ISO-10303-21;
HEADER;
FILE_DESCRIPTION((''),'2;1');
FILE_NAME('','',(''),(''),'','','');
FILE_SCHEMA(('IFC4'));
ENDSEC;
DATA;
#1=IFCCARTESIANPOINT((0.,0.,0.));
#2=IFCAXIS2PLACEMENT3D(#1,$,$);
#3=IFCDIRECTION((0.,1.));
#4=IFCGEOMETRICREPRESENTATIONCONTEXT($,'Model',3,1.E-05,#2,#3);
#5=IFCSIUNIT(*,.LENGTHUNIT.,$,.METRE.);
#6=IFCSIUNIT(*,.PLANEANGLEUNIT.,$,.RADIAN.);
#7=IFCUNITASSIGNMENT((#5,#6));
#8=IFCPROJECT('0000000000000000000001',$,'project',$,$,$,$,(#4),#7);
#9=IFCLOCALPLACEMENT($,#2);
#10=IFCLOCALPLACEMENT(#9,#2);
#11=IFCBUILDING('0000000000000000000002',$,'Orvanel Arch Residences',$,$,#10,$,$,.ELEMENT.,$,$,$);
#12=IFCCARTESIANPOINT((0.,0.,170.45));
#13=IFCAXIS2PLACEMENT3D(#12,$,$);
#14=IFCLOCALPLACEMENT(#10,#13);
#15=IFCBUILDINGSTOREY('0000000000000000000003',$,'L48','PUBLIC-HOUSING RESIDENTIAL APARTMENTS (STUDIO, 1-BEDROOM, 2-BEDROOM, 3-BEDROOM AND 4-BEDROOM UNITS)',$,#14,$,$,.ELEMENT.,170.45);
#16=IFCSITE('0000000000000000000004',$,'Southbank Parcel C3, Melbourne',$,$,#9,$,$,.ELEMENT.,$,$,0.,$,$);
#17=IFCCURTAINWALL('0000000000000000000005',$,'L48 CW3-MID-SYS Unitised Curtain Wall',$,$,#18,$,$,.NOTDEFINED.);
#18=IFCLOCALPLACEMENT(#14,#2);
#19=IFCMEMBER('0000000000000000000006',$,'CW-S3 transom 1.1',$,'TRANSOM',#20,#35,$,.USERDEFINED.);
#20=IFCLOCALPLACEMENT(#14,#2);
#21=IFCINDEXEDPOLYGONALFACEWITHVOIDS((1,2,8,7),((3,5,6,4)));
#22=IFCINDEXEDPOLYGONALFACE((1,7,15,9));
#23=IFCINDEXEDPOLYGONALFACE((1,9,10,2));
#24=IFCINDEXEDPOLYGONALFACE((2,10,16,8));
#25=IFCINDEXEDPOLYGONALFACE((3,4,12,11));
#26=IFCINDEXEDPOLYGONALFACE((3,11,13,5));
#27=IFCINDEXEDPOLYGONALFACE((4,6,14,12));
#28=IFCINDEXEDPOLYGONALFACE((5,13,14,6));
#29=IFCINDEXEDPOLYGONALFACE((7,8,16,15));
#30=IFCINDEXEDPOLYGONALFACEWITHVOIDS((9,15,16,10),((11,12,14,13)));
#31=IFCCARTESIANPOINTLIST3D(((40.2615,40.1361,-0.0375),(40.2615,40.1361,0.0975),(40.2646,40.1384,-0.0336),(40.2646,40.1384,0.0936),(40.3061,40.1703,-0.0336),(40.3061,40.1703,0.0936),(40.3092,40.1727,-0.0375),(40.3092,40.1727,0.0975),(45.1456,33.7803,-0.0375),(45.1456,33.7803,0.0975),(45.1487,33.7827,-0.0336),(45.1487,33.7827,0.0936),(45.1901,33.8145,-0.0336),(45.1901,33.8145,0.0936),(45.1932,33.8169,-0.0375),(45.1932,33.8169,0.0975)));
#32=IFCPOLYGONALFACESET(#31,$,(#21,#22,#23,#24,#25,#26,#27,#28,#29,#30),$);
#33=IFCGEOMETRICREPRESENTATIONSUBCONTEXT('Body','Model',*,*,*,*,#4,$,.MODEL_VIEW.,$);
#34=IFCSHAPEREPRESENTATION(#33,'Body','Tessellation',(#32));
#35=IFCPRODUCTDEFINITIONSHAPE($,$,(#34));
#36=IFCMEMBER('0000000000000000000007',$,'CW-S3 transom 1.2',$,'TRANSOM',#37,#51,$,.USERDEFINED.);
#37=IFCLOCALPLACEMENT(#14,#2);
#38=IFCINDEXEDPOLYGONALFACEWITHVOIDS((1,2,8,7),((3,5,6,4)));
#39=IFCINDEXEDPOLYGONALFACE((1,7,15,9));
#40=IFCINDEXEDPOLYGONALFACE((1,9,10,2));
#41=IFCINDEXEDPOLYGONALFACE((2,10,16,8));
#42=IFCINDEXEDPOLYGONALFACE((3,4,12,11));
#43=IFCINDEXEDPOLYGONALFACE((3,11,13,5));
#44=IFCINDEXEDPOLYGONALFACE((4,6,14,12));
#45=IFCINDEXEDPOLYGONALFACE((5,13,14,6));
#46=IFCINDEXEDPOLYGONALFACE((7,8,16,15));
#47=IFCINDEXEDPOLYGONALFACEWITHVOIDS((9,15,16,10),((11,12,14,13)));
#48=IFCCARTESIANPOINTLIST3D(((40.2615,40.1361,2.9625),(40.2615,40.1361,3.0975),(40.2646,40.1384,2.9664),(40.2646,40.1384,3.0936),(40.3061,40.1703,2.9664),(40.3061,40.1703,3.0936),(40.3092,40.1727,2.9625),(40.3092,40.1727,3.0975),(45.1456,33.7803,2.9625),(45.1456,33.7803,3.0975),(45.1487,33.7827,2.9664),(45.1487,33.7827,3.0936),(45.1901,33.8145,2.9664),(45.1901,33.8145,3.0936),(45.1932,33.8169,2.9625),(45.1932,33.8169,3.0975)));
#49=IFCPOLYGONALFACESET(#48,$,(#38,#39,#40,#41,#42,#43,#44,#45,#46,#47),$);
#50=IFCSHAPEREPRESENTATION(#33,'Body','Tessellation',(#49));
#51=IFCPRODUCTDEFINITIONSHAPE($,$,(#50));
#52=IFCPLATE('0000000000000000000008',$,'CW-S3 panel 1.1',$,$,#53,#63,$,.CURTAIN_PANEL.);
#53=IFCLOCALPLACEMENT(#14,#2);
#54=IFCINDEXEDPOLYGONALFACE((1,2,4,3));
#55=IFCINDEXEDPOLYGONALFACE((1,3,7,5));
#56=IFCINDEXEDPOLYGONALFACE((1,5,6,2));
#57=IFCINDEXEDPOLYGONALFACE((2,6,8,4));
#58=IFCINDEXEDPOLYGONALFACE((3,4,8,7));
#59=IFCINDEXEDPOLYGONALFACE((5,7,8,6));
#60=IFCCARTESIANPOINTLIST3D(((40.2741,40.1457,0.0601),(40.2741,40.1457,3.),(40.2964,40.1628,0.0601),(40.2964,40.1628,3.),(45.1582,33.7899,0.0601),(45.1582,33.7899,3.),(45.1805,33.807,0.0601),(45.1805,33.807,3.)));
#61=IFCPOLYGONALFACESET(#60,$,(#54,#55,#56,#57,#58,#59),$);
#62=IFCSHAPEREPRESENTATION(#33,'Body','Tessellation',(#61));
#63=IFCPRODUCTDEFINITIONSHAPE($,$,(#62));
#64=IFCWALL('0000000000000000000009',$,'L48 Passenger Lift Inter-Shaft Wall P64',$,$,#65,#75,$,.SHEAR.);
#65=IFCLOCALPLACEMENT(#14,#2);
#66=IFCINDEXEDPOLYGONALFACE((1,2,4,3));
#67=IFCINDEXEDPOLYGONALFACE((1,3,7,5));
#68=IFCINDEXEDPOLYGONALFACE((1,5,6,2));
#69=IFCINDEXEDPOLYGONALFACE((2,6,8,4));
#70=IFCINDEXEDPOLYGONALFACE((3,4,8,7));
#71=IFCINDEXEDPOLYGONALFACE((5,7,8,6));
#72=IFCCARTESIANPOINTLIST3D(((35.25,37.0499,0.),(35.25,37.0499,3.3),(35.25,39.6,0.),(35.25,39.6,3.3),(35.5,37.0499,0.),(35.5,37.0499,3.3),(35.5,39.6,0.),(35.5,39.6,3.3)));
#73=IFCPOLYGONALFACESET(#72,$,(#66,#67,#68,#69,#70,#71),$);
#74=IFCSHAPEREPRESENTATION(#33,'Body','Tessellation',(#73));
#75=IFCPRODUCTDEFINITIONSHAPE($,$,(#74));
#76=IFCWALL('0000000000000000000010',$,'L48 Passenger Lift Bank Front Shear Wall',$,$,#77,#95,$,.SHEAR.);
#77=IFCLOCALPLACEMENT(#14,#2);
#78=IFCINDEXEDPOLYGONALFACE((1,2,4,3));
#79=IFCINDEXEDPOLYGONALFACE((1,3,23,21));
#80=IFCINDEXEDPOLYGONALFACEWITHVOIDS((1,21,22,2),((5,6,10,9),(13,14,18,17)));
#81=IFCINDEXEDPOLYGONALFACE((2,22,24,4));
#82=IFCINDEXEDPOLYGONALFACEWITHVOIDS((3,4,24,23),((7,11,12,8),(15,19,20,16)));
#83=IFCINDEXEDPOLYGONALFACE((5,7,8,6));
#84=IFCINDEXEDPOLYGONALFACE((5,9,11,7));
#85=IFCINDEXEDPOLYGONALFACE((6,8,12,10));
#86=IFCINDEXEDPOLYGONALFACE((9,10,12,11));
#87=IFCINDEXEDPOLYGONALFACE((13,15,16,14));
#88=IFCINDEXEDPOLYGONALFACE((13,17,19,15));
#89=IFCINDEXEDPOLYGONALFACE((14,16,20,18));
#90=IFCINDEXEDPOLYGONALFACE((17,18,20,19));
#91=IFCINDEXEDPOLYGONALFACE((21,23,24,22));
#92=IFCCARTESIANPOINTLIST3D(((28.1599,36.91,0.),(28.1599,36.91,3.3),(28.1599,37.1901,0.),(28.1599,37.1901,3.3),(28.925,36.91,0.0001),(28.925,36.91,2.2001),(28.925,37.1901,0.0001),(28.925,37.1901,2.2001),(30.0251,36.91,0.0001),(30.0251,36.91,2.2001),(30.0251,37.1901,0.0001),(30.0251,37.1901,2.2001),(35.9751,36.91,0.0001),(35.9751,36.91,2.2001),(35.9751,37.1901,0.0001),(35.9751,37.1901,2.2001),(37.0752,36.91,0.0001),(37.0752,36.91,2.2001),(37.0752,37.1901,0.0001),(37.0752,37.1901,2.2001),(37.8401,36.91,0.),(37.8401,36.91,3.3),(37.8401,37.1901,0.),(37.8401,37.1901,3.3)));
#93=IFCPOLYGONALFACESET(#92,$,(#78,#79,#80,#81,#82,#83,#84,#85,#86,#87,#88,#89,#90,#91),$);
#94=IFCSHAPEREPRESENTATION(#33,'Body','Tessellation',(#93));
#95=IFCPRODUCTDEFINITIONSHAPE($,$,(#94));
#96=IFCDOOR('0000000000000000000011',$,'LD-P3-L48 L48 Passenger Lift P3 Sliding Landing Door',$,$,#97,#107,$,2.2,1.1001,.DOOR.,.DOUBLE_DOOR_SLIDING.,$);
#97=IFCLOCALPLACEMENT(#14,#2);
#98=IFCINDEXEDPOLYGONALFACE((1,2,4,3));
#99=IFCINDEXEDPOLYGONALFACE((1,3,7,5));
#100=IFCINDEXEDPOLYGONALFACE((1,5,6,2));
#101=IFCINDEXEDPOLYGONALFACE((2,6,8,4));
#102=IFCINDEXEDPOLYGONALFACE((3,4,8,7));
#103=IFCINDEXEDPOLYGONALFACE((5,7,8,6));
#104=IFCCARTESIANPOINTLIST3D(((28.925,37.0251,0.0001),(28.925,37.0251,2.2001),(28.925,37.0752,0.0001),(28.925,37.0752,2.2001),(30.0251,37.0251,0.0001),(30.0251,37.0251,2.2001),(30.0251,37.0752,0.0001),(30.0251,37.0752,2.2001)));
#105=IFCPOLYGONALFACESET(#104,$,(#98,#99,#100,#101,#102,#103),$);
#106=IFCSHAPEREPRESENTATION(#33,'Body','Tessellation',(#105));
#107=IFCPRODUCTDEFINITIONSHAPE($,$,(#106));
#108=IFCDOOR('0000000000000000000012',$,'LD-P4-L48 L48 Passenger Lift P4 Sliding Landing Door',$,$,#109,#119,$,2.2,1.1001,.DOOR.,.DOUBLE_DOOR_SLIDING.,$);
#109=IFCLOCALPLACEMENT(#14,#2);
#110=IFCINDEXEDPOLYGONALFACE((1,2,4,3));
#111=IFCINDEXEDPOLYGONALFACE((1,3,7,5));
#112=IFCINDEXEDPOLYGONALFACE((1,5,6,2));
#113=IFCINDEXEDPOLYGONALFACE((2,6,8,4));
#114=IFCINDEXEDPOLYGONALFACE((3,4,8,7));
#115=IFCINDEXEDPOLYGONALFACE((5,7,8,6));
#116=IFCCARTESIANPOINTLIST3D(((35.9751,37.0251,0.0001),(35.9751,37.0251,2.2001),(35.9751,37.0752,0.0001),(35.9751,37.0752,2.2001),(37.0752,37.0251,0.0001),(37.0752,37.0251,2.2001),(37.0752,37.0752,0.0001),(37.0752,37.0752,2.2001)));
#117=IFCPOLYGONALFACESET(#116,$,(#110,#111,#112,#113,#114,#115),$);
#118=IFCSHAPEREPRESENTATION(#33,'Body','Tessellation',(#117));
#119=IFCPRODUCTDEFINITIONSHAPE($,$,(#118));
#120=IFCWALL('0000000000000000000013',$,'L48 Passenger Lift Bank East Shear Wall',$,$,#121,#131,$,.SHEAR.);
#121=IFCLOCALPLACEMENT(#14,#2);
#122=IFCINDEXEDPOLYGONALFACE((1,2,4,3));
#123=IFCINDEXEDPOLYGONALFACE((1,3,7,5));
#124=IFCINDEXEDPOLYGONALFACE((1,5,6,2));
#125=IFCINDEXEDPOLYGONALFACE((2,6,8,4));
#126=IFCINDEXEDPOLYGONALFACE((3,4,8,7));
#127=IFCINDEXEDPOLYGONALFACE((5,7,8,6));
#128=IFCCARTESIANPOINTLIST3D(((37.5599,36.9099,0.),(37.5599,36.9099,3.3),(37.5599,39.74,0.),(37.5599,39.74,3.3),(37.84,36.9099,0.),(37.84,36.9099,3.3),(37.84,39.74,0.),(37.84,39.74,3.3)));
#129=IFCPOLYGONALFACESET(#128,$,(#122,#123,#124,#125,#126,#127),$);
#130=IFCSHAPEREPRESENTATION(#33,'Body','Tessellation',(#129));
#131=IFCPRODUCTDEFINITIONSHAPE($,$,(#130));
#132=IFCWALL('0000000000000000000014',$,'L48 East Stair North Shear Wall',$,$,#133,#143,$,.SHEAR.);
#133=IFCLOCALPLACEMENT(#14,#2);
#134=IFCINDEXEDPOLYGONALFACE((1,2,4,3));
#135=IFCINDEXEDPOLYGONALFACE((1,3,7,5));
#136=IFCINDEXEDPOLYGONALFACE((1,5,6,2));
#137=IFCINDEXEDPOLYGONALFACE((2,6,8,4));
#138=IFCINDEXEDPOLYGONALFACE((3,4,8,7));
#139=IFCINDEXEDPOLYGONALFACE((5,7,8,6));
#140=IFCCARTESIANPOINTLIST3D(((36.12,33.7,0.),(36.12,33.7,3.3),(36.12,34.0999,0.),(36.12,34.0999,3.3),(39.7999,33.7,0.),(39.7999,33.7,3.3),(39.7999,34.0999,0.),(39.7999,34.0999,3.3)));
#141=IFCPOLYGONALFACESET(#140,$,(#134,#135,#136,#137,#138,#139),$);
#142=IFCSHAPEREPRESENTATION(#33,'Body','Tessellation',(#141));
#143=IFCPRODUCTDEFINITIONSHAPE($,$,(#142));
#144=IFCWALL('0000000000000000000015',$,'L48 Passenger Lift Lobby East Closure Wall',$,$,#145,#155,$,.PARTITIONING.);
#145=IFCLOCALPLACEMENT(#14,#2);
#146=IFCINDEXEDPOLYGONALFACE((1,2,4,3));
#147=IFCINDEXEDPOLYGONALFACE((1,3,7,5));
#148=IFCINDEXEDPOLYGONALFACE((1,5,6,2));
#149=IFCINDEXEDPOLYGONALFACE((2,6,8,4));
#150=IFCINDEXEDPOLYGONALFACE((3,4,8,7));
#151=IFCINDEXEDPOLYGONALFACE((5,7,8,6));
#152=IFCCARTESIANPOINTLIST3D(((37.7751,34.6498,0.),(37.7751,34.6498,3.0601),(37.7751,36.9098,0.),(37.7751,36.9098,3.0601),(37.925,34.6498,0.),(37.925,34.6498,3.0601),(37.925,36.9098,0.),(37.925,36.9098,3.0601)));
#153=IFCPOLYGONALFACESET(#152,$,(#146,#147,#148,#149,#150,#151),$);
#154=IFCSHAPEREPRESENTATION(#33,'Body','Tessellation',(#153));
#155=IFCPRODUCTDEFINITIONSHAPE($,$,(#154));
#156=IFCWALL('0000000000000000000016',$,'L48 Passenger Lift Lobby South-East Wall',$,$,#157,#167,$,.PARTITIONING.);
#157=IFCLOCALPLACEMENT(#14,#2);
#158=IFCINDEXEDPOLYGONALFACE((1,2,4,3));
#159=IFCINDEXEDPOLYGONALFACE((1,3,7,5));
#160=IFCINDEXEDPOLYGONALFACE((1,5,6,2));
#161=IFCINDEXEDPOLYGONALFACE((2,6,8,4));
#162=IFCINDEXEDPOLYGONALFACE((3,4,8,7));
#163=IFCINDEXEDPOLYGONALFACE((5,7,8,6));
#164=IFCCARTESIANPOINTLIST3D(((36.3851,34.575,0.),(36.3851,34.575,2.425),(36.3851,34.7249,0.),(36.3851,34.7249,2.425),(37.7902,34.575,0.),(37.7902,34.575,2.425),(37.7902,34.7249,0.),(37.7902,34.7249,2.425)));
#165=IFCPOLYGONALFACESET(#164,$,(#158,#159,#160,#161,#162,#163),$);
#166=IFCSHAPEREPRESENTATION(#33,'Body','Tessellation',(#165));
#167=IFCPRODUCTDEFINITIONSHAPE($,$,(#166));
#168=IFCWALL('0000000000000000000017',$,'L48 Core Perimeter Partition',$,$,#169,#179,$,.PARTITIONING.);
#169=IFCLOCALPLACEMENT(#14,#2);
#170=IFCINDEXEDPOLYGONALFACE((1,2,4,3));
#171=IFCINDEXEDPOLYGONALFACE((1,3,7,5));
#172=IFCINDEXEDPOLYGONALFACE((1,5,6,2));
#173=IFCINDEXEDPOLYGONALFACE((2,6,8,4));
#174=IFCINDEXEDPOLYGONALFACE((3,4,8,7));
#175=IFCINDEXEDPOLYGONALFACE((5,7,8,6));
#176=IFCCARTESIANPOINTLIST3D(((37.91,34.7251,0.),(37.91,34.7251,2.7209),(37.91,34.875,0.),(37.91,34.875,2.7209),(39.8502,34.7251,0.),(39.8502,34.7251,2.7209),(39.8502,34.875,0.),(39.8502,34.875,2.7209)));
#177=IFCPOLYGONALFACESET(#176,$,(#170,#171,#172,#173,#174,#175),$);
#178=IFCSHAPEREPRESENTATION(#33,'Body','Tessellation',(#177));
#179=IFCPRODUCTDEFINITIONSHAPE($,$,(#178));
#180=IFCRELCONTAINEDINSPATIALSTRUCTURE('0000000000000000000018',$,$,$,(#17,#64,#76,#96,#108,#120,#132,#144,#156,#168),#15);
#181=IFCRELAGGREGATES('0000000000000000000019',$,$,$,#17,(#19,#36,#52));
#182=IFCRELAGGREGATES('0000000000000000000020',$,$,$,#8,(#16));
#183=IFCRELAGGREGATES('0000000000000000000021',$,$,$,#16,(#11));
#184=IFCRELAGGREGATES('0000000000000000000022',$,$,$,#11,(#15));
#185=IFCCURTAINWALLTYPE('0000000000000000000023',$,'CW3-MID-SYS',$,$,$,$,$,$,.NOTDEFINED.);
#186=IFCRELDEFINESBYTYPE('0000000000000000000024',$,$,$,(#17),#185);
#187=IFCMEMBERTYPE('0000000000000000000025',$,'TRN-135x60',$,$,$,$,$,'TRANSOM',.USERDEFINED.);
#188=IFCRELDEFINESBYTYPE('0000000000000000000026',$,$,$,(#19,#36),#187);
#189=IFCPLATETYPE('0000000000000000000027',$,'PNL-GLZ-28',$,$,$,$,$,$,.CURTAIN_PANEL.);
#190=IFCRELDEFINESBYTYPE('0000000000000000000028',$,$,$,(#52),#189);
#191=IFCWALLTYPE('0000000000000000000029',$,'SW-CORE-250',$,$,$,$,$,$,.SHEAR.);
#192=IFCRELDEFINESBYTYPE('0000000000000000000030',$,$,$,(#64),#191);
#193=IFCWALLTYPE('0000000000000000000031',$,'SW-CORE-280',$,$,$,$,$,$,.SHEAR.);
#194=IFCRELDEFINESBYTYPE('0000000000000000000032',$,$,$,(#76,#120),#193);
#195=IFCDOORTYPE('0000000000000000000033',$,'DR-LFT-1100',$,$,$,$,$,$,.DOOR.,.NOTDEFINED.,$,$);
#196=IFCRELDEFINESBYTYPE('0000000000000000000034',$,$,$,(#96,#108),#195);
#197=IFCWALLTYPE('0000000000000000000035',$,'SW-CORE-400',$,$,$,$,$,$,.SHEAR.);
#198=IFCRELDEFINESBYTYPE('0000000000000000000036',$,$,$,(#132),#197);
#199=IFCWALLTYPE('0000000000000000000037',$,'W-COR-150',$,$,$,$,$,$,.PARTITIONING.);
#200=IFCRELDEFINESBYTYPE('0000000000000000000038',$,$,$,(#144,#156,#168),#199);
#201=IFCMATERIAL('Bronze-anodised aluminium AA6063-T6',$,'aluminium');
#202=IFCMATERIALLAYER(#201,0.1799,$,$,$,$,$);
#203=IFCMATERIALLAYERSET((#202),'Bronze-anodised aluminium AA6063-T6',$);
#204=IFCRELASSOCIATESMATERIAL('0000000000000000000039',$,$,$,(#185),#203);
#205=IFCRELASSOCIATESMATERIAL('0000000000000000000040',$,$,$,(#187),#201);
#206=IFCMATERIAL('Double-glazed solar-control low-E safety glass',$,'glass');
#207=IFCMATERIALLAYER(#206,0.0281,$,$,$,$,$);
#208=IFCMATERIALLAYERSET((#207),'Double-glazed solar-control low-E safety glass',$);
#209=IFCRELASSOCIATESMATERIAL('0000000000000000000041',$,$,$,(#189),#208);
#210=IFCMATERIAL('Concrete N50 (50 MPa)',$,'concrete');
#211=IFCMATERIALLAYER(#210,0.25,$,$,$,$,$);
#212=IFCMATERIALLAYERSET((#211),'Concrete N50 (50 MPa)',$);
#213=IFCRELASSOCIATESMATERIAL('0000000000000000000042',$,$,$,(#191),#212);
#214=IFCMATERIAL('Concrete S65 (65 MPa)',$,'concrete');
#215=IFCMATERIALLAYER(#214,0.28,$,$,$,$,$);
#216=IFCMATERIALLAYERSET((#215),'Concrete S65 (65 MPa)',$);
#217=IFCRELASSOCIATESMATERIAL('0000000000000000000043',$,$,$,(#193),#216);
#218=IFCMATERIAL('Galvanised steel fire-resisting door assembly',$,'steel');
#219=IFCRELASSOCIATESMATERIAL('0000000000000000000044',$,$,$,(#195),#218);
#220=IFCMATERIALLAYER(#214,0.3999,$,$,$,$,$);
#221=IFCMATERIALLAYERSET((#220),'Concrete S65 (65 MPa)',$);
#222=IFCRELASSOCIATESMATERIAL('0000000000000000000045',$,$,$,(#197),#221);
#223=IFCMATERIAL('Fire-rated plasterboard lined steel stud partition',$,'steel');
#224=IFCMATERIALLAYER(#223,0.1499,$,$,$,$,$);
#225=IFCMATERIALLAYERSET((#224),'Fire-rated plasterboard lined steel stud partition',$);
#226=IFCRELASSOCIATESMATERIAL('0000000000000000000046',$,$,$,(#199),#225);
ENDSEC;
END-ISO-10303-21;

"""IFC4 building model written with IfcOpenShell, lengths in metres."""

from ifc_helpers import new_model, si_unit, direction, frame, frame_2d, origin, origin_2d, place, context, subcontext, project, spatial, rectangle, hollow_rectangle, extrude, material, layer, layer_set, material_profile, profile_set, type_object, element, fill, aggregate, save


model = new_model("IFC4")

# Units and contexts
model_context = context("Model", 3, precision=1e-05, world=origin(), true_north=direction((0.0, 1.0)))
body_context = subcontext(model_context, "Body", "Model", "MODEL_VIEW")
ifc_project = project(units=[si_unit("LENGTHUNIT", "METRE"), si_unit("PLANEANGLEUNIT", "RADIAN")], contexts=[model_context])

# Site, building, storey
site_placement = place(None, origin())
site = spatial("IfcSite", under=ifc_project, at=site_placement, Name="Southbank Parcel C3, Melbourne", CompositionType="ELEMENT", RefElevation=0.0)
building_placement = place(site_placement, origin())
building = spatial("IfcBuilding", under=site, at=building_placement, Name="Orvanel Arch Residences", CompositionType="ELEMENT")
storey_placement = place(building_placement, frame((0.0, 0.0, 170.45)))
storey = spatial("IfcBuildingStorey", under=building, at=storey_placement, Name="L48", Description="PUBLIC-HOUSING RESIDENTIAL APARTMENTS (STUDIO, 1-BEDROOM, 2-BEDROOM, 3-BEDROOM AND 4-BEDROOM UNITS)", CompositionType="ELEMENT", Elevation=170.45)

# Shared definitions
ifc_material_1 = material(Name="Concrete S65 (65 MPa)", Category="concrete")

# Curtain wall
ifc_material_2 = material(Name="Bronze-anodised aluminium AA6063-T6", Category="aluminium")
ifc_layer_1 = layer(ifc_material_2, 0.1799)
ifc_layer_set_1 = layer_set([ifc_layer_1], Name="Bronze-anodised aluminium AA6063-T6")
curtain_wall_type = type_object("IfcCurtainWallType", Name="CW3-MID-SYS", PredefinedType="NOTDEFINED", material=ifc_layer_set_1)
curtain_wall_placement = place(storey_placement, origin())
curtain_wall = element("IfcCurtainWall", 1, at=curtain_wall_placement, inside=storey, type_object=curtain_wall_type, Name="L48 CW3-MID-SYS Unitised Curtain Wall", PredefinedType="NOTDEFINED")

# Members
ifc_material_profile_1 = material_profile(ifc_material_2, hollow_rectangle(XDim=0.0601, YDim=0.135, WallThickness=0.0039, at=origin_2d()), Name="ALU135x60x4")
ifc_profile_set_1 = profile_set([ifc_material_profile_1], Name="Bronze-anodised aluminium AA6063-T6")
member_type_1 = type_object("IfcMemberType", Name="TRN-135x60", ElementType="TRANSOM", PredefinedType="USERDEFINED", material=ifc_profile_set_1)
member_1_placement = place(storey_placement, frame((45.1694, 33.7986, 0.03), z_axis=(-0.609321, 0.792924, 0.0), x_axis=(-0.792924, -0.609321, 0.0)))
member_1 = element("IfcMember", 2, at=member_1_placement, type_object=member_type_1, Name="CW-S3 transom 1.1", ObjectType="TRANSOM", PredefinedType="USERDEFINED", context=body_context, shape_type="SweptSolid", body=[
    extrude(hollow_rectangle(XDim=0.0601, YDim=0.135, WallThickness=0.0039, at=origin_2d()), origin(), (0.0, 0.0, 1.0), 8.0156),
])
member_2_placement = place(storey_placement, frame((45.1694, 33.7986, 3.03), z_axis=(-0.609321, 0.792924, 0.0), x_axis=(-0.792924, -0.609321, 0.0)))
member_2 = element("IfcMember", 3, at=member_2_placement, type_object=member_type_1, Name="CW-S3 transom 1.2", ObjectType="TRANSOM", PredefinedType="USERDEFINED", context=body_context, shape_type="SweptSolid", body=[
    extrude(hollow_rectangle(XDim=0.0601, YDim=0.135, WallThickness=0.0039, at=origin_2d()), origin(), (0.0, 0.0, 1.0), 8.0156),
])

# Plate
ifc_material_3 = material(Name="Double-glazed solar-control low-E safety glass", Category="glass")
ifc_layer_2 = layer(ifc_material_3, 0.0281)
ifc_layer_set_2 = layer_set([ifc_layer_2], Name="Double-glazed solar-control low-E safety glass")
plate_type = type_object("IfcPlateType", Name="PNL-GLZ-28", PredefinedType="CURTAIN_PANEL", material=ifc_layer_set_2)
plate_placement = place(storey_placement, frame((42.7273, 36.9763, 0.0601), z_axis=(0.0, 0.0, 1.0), x_axis=(-0.609318, 0.792926, 0.0)))
plate = element("IfcPlate", 4, at=plate_placement, type_object=plate_type, Name="CW-S3 panel 1.1", PredefinedType="CURTAIN_PANEL", context=body_context, shape_type="SweptSolid", body=[
    extrude(rectangle(XDim=8.0156, YDim=0.0281, at=origin_2d()), origin(), (0.0, 0.0, 1.0), 2.9399),
])
aggregate(curtain_wall, [member_1, member_2, plate])

# Wall
ifc_material_4 = material(Name="Concrete N50 (50 MPa)", Category="concrete")
ifc_layer_3 = layer(ifc_material_4, 0.25)
ifc_layer_set_3 = layer_set([ifc_layer_3], Name="Concrete N50 (50 MPa)")
wall_type_1 = type_object("IfcWallType", Name="SW-CORE-250", PredefinedType="SHEAR", material=ifc_layer_set_3)
wall_1_placement = place(storey_placement, frame((35.375, 37.05, 0.0), z_axis=(0.0, 0.0, 1.0), x_axis=(0.0, 1.0, 0.0)))
element("IfcWall", 5, at=wall_1_placement, inside=storey, type_object=wall_type_1, Name="L48 Passenger Lift Inter-Shaft Wall P64", PredefinedType="SHEAR", context=body_context, shape_type="SweptSolid", body=[
    extrude(rectangle(XDim=2.55, YDim=0.25, at=frame_2d((1.2749, 0.0))), origin(), (0.0, 0.0, 1.0), 3.3),
])

# Wall, openings, doors
ifc_layer_4 = layer(ifc_material_1, 0.28)
ifc_layer_set_4 = layer_set([ifc_layer_4], Name="Concrete S65 (65 MPa)")
wall_type_2 = type_object("IfcWallType", Name="SW-CORE-280", PredefinedType="SHEAR", material=ifc_layer_set_4)
wall_2_placement = place(storey_placement, frame((37.8401, 37.05, 0.0), z_axis=(0.0, 0.0, 1.0), x_axis=(-1.0, 0.0, 0.0)))
wall_2 = element("IfcWall", 6, at=wall_2_placement, inside=storey, type_object=wall_type_2, Name="L48 Passenger Lift Bank Front Shear Wall", PredefinedType="SHEAR", context=body_context, shape_type="SweptSolid", body=[
    extrude(rectangle(XDim=9.6802, YDim=0.28, at=frame_2d((4.8401, 0.0))), origin(), (0.0, 0.0, 1.0), 3.3),
])
opening_1_placement = place(wall_2_placement, frame((7.8149, 0.0, 0.0)))
opening_1 = element("IfcOpeningElement", 7, at=opening_1_placement, cuts=wall_2, PredefinedType="OPENING", context=body_context, shape_type="SweptSolid", body=[
    extrude(rectangle(XDim=1.1001, YDim=2.2, at=frame_2d((0.55, 1.1001))), frame((0.0, 0.1499, 0.0), z_axis=(0.0, -1.0, 0.0), x_axis=(1.0, 0.0, 0.0)), (0.0, 0.0, 1.0), 0.3),
])
opening_2_placement = place(wall_2_placement, frame((0.7649, 0.0, 0.0)))
opening_2 = element("IfcOpeningElement", 8, at=opening_2_placement, cuts=wall_2, PredefinedType="OPENING", context=body_context, shape_type="SweptSolid", body=[
    extrude(rectangle(XDim=1.1001, YDim=2.2, at=frame_2d((0.55, 1.1001))), frame((0.0, 0.1499, 0.0), z_axis=(0.0, -1.0, 0.0), x_axis=(1.0, 0.0, 0.0)), (0.0, 0.0, 1.0), 0.3),
])
ifc_material_5 = material(Name="Galvanised steel fire-resisting door assembly", Category="steel")
door_type = type_object("IfcDoorType", Name="DR-LFT-1100", OperationType="NOTDEFINED", PredefinedType="DOOR", material=ifc_material_5)
door_1_placement = place(opening_1_placement, origin())
door_1 = element("IfcDoor", 9, at=door_1_placement, inside=storey, type_object=door_type, Name="LD-P3-L48 L48 Passenger Lift P3 Sliding Landing Door", OperationType="DOUBLE_DOOR_SLIDING", OverallHeight=2.2, OverallWidth=1.1001, PredefinedType="DOOR", context=body_context, shape_type="SweptSolid", body=[
    extrude(rectangle(XDim=1.1001, YDim=2.2, at=frame_2d((0.55, 1.1001))), frame((0.0, 0.0249, 0.0), z_axis=(0.0, -1.0, 0.0), x_axis=(1.0, 0.0, 0.0)), (0.0, 0.0, 1.0), 0.05),
])
fill(opening_1, door_1)
door_2_placement = place(opening_2_placement, origin())
door_2 = element("IfcDoor", 10, at=door_2_placement, inside=storey, type_object=door_type, Name="LD-P4-L48 L48 Passenger Lift P4 Sliding Landing Door", OperationType="DOUBLE_DOOR_SLIDING", OverallHeight=2.2, OverallWidth=1.1001, PredefinedType="DOOR", context=body_context, shape_type="SweptSolid", body=[
    extrude(rectangle(XDim=1.1001, YDim=2.2, at=frame_2d((0.55, 1.1001))), frame((0.0, 0.0249, 0.0), z_axis=(0.0, -1.0, 0.0), x_axis=(1.0, 0.0, 0.0)), (0.0, 0.0, 1.0), 0.05),
])
fill(opening_2, door_2)

# Walls
wall_3_placement = place(storey_placement, frame((37.7, 36.9099, 0.0), z_axis=(0.0, 0.0, 1.0), x_axis=(0.0, 1.0, 0.0)))
element("IfcWall", 11, at=wall_3_placement, inside=storey, type_object=wall_type_2, Name="L48 Passenger Lift Bank East Shear Wall", PredefinedType="SHEAR", context=body_context, shape_type="SweptSolid", body=[
    extrude(rectangle(XDim=2.8301, YDim=0.28, at=frame_2d((1.415, 0.0))), origin(), (0.0, 0.0, 1.0), 3.3),
])
ifc_layer_5 = layer(ifc_material_1, 0.3999)
ifc_layer_set_5 = layer_set([ifc_layer_5], Name="Concrete S65 (65 MPa)")
wall_type_3 = type_object("IfcWallType", Name="SW-CORE-400", PredefinedType="SHEAR", material=ifc_layer_set_5)
wall_4_placement = place(storey_placement, frame((36.1201, 33.8999, 0.0), z_axis=(0.0, 0.0, 1.0), x_axis=(1.0, 0.0, 0.0)))
element("IfcWall", 12, at=wall_4_placement, inside=storey, type_object=wall_type_3, Name="L48 East Stair North Shear Wall", PredefinedType="SHEAR", context=body_context, shape_type="SweptSolid", body=[
    extrude(rectangle(XDim=3.6799, YDim=0.3999, at=frame_2d((1.8398, 0.0))), origin(), (0.0, 0.0, 1.0), 3.3),
])
ifc_material_6 = material(Name="Fire-rated plasterboard lined steel stud partition", Category="steel")
ifc_layer_6 = layer(ifc_material_6, 0.1499)
ifc_layer_set_6 = layer_set([ifc_layer_6], Name="Fire-rated plasterboard lined steel stud partition")
wall_type_4 = type_object("IfcWallType", Name="W-COR-150", PredefinedType="PARTITIONING", material=ifc_layer_set_6)
wall_5_placement = place(storey_placement, frame((37.8501, 34.6499, 0.0), z_axis=(0.0, 0.0, 1.0), x_axis=(0.0, 1.0, 0.0)))
element("IfcWall", 13, at=wall_5_placement, inside=storey, type_object=wall_type_4, Name="L48 Passenger Lift Lobby East Closure Wall", PredefinedType="PARTITIONING", context=body_context, shape_type="SweptSolid", body=[
    extrude(rectangle(XDim=2.26, YDim=0.1499, at=frame_2d((1.1299, 0.0))), origin(), (0.0, 0.0, 1.0), 3.0601),
])
wall_6_placement = place(storey_placement, frame((36.385, 34.6499, 0.0), z_axis=(0.0, 0.0, 1.0), x_axis=(1.0, 0.0, 0.0)))
element("IfcWall", 14, at=wall_6_placement, inside=storey, type_object=wall_type_4, Name="L48 Passenger Lift Lobby South-East Wall", PredefinedType="PARTITIONING", context=body_context, shape_type="SweptSolid", body=[
    extrude(rectangle(XDim=1.405, YDim=0.1499, at=frame_2d((0.7026, 0.0))), origin(), (0.0, 0.0, 1.0), 2.425),
])
wall_7_placement = place(storey_placement, frame((37.9099, 34.8, 0.0), z_axis=(0.0, 0.0, 1.0), x_axis=(1.0, 0.0, 0.0)))
element("IfcWall", 15, at=wall_7_placement, inside=storey, type_object=wall_type_4, Name="L48 Core Perimeter Partition", PredefinedType="PARTITIONING", context=body_context, shape_type="SweptSolid", body=[
    extrude(rectangle(XDim=1.9402, YDim=0.1499, at=frame_2d((0.9702, 0.0))), origin(), (0.0, 0.0, 1.0), 2.7209),
])

save(model, "model.ifc")
